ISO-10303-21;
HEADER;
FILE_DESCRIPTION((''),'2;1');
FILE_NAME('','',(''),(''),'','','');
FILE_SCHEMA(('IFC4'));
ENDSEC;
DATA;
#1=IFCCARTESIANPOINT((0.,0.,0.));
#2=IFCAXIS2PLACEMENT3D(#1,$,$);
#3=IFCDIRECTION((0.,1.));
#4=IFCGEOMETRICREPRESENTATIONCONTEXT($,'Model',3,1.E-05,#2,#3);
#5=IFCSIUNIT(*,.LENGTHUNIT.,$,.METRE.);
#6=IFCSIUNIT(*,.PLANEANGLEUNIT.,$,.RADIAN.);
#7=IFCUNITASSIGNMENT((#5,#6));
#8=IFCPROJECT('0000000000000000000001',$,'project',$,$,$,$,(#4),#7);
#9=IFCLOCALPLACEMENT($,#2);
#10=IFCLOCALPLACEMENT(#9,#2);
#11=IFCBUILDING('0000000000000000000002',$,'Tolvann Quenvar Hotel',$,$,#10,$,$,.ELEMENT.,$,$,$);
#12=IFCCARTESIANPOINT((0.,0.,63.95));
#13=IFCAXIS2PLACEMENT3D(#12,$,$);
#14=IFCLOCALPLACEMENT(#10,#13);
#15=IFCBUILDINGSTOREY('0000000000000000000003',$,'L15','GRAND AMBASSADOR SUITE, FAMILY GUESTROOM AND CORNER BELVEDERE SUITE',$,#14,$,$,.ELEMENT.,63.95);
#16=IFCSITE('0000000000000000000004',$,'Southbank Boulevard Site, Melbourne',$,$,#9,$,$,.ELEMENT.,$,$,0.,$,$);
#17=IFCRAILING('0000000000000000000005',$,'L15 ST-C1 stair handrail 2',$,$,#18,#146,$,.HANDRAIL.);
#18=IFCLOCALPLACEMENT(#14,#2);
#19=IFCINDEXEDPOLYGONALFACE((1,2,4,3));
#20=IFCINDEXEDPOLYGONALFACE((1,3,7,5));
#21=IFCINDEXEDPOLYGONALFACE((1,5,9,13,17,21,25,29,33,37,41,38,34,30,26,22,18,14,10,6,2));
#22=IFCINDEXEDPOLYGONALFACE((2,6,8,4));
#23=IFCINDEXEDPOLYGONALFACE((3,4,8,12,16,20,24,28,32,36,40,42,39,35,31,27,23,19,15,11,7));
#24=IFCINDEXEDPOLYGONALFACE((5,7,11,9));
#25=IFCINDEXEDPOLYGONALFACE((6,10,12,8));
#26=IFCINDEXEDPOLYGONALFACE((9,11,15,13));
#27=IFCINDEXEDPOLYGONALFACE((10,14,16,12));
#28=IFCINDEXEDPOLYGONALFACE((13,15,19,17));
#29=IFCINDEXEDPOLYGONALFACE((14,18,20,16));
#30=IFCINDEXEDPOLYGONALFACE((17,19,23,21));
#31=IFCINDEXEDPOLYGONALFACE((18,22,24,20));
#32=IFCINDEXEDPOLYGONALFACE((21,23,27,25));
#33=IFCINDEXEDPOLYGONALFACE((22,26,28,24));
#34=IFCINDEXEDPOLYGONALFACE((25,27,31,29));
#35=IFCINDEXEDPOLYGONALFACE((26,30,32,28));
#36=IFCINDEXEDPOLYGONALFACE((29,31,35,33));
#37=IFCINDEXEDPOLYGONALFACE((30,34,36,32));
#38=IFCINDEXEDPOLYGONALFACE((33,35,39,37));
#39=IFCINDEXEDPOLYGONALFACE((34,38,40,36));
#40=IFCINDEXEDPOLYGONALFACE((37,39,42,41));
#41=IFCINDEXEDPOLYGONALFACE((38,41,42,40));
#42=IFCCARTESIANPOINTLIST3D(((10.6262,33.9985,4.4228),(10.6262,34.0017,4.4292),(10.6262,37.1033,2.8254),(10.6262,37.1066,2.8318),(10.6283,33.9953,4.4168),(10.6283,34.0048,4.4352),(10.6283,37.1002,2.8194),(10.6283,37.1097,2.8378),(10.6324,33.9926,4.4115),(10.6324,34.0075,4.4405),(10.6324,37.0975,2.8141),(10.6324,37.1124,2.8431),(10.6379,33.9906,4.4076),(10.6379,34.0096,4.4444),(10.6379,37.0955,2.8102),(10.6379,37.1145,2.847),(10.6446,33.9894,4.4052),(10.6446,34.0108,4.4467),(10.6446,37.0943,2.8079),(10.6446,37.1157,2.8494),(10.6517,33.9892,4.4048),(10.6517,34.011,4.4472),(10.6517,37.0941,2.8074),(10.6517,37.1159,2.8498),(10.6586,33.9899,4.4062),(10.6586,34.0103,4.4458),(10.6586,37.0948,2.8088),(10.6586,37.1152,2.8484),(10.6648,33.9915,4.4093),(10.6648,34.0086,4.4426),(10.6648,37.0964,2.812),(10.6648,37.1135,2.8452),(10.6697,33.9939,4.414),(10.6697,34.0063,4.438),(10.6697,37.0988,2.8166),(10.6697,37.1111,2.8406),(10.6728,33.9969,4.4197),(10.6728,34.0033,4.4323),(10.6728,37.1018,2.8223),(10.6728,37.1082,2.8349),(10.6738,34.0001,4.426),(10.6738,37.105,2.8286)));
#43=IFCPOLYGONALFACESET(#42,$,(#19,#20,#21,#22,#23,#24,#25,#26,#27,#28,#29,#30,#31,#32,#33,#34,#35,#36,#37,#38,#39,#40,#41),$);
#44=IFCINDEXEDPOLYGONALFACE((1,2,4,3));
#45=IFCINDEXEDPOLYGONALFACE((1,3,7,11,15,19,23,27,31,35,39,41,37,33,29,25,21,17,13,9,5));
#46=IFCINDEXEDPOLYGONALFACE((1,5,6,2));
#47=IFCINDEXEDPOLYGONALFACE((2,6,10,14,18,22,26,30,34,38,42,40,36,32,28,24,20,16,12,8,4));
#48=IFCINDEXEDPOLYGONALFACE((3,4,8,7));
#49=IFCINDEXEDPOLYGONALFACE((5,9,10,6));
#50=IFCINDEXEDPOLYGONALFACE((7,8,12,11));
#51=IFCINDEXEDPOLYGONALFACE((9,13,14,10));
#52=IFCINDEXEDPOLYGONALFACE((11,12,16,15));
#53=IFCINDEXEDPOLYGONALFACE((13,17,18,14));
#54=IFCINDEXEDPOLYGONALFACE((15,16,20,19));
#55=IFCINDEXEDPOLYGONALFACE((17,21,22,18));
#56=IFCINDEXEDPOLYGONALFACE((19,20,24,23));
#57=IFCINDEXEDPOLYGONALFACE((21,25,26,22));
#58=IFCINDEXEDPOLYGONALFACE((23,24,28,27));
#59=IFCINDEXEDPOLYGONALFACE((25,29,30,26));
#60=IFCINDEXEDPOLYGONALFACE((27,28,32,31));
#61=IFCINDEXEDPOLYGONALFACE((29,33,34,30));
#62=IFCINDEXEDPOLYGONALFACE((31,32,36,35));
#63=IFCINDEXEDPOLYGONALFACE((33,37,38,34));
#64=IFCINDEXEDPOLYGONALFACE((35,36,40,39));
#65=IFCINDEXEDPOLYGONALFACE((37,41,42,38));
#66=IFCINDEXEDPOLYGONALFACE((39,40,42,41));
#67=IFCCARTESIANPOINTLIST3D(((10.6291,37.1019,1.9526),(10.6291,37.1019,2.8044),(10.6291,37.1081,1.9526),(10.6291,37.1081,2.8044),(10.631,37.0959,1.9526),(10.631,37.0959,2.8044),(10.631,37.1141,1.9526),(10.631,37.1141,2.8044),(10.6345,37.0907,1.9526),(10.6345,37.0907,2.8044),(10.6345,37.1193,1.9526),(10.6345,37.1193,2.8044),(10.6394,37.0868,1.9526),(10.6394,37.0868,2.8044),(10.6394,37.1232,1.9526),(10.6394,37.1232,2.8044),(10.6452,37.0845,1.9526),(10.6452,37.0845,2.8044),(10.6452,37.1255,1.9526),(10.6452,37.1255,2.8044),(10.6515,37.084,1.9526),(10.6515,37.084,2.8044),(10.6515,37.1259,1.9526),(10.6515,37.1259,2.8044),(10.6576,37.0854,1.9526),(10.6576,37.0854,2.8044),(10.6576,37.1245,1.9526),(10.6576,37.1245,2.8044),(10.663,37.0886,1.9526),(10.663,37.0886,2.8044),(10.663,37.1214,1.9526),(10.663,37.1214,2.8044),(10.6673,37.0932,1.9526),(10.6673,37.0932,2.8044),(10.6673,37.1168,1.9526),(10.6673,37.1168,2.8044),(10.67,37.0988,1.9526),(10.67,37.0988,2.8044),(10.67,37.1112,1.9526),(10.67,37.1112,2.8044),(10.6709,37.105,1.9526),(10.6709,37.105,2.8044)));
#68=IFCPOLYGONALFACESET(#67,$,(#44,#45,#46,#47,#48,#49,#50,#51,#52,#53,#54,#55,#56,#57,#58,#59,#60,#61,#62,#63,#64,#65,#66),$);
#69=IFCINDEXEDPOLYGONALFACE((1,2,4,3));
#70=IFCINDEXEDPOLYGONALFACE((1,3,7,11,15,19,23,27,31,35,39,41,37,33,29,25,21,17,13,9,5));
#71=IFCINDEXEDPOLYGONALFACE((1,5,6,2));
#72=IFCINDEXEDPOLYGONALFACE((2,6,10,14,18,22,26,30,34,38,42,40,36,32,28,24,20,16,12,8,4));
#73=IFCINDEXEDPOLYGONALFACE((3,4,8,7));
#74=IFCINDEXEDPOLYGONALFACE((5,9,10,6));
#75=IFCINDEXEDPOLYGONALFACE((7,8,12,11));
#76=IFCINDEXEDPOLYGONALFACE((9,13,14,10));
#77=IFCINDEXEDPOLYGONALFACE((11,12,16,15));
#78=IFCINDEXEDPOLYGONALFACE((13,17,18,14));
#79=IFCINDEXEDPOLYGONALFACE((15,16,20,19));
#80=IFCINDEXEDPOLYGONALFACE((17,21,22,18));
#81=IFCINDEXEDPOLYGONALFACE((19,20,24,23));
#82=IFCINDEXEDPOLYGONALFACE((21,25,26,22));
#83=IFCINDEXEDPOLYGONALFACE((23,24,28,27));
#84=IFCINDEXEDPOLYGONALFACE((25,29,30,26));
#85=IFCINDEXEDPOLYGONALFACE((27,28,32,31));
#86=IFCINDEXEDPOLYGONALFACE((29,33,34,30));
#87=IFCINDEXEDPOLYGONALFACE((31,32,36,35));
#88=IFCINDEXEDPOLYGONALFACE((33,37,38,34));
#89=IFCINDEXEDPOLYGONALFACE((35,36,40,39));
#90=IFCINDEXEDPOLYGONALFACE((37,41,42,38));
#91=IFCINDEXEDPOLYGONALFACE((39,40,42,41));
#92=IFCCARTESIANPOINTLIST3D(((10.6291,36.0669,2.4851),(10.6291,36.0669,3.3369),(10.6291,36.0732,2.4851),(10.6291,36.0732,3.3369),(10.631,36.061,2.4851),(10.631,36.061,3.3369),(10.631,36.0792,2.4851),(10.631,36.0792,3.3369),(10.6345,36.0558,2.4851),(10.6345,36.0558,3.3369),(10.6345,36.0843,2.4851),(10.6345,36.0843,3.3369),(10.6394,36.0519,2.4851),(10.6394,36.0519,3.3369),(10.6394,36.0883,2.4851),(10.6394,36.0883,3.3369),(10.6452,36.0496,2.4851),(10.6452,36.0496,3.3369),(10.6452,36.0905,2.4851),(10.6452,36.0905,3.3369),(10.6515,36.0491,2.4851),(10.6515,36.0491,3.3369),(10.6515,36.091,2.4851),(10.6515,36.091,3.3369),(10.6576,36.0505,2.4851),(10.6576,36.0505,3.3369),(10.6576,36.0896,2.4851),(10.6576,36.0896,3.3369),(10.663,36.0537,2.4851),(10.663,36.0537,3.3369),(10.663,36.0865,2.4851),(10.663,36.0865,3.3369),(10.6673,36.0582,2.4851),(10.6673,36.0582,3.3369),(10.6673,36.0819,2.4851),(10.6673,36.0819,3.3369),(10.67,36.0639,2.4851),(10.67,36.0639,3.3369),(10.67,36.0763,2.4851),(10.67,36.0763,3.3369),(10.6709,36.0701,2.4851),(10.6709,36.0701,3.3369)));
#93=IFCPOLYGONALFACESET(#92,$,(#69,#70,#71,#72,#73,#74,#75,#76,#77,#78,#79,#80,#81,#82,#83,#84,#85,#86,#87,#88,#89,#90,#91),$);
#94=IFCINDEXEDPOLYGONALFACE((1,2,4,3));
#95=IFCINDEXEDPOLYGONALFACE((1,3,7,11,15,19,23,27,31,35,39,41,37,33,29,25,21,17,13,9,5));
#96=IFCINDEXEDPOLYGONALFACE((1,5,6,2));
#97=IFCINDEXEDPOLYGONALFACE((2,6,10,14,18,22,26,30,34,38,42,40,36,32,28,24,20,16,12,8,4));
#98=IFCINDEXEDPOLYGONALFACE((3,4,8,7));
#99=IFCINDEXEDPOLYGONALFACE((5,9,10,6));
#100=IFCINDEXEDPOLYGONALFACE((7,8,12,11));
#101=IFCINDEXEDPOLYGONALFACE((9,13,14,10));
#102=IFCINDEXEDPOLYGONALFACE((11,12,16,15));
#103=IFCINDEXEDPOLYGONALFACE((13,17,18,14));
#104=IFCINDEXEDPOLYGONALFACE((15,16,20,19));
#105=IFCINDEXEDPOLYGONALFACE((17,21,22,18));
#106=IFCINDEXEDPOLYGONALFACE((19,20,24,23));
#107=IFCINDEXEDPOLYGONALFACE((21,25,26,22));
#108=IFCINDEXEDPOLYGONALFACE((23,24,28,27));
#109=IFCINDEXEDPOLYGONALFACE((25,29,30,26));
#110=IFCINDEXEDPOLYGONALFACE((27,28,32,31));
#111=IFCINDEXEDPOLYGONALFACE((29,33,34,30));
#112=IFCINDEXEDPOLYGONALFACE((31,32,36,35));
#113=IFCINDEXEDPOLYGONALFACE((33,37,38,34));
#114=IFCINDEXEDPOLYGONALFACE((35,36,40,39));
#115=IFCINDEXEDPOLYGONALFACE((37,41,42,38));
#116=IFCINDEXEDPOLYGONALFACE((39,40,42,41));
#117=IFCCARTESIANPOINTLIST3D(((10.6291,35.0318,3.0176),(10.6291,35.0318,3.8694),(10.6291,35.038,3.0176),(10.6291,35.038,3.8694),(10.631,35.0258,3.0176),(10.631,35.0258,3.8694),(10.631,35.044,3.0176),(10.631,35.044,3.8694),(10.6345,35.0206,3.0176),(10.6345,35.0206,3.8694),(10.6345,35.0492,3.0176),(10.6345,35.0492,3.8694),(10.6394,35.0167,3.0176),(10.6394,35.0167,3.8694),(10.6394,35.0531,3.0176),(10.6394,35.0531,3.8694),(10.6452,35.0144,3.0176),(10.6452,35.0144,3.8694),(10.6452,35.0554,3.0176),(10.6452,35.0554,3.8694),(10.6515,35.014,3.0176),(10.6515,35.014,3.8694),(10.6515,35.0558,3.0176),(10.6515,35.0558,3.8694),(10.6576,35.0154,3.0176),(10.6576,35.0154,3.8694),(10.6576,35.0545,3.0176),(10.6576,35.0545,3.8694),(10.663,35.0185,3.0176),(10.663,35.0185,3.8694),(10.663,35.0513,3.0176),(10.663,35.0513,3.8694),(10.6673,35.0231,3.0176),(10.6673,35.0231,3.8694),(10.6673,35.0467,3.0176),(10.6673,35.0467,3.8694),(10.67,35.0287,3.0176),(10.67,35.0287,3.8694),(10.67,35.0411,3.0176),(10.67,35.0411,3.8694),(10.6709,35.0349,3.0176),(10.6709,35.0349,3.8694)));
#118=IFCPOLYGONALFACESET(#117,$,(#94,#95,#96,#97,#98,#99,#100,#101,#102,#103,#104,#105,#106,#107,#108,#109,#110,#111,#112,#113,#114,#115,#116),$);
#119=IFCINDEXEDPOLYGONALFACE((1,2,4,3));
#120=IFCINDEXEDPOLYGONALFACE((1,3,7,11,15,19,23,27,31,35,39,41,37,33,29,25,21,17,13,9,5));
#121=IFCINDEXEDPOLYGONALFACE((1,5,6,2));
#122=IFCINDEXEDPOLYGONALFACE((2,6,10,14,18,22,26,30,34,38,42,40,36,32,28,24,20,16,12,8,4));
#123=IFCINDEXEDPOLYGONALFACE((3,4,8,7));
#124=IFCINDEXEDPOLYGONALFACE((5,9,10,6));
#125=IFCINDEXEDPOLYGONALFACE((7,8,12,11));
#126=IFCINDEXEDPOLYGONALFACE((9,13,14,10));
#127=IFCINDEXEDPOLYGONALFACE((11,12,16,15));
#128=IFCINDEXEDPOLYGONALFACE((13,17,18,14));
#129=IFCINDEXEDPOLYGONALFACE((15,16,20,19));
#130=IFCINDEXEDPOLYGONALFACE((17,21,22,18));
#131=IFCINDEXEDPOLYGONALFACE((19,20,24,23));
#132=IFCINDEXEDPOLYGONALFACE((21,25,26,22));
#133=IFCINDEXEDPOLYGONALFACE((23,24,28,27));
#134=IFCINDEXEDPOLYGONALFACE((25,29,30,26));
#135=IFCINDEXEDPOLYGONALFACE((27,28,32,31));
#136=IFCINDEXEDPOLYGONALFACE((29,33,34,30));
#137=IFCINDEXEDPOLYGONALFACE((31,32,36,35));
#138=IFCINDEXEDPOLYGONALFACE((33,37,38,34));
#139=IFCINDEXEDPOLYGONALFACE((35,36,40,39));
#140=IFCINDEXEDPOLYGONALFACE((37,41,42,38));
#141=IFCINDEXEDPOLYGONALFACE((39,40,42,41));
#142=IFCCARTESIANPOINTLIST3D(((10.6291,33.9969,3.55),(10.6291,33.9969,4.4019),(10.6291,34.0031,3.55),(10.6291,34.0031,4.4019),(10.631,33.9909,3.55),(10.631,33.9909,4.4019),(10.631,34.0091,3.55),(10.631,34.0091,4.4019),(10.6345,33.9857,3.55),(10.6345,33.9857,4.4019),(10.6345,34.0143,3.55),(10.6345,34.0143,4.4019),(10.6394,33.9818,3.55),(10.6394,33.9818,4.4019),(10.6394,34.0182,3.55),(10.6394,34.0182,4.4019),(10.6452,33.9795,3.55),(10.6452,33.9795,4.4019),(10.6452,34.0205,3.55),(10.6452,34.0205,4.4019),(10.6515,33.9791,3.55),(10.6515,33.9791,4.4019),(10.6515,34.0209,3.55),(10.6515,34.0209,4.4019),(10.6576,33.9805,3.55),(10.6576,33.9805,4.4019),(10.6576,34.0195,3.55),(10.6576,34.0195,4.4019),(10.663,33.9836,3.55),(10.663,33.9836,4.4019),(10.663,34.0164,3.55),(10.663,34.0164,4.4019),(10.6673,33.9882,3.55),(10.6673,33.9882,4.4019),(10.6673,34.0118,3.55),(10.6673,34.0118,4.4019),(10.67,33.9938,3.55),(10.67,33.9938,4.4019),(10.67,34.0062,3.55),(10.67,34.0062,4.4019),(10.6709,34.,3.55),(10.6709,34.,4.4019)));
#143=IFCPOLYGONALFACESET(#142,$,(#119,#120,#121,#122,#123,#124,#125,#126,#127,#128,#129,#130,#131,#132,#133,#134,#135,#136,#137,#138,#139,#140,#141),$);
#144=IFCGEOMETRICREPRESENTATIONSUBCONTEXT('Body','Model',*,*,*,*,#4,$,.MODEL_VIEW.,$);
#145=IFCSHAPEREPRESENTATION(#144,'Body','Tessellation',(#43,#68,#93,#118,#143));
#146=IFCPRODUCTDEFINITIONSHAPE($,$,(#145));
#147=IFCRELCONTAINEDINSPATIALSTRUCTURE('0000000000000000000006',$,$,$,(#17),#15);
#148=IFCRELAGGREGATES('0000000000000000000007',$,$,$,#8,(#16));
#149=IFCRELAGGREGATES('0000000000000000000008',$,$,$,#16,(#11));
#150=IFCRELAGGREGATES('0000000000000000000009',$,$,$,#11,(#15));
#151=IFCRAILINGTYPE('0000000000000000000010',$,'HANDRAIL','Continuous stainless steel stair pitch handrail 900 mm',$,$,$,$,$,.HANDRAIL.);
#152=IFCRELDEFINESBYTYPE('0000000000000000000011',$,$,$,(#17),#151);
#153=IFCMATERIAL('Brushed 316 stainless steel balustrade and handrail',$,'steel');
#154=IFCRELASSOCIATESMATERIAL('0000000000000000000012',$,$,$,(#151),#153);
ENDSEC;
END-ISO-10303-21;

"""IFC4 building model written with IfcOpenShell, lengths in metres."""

from ifc_helpers import new_model, si_unit, direction, frame, origin, origin_2d, place, context, subcontext, project, spatial, circle, extrude, material, type_object, element, save


model = new_model("IFC4")

# Units and contexts
model_context = context("Model", 3, precision=1e-05, world=origin(), true_north=direction((0.0, 1.0)))
body_context = subcontext(model_context, "Body", "Model", "MODEL_VIEW")
ifc_project = project(units=[si_unit("LENGTHUNIT", "METRE"), si_unit("PLANEANGLEUNIT", "RADIAN")], contexts=[model_context])

# Site, building, storey
site_placement = place(None, origin())
site = spatial("IfcSite", under=ifc_project, at=site_placement, Name="Southbank Boulevard Site, Melbourne", CompositionType="ELEMENT", RefElevation=0.0)
building_placement = place(site_placement, origin())
building = spatial("IfcBuilding", under=site, at=building_placement, Name="Tolvann Quenvar Hotel", CompositionType="ELEMENT")
storey_placement = place(building_placement, frame((0.0, 0.0, 63.95)))
storey = spatial("IfcBuildingStorey", under=building, at=storey_placement, Name="L15", Description="GRAND AMBASSADOR SUITE, FAMILY GUESTROOM AND CORNER BELVEDERE SUITE", CompositionType="ELEMENT", Elevation=63.95)

# Railing
ifc_material_1 = material(Name="Brushed 316 stainless steel balustrade and handrail", Category="steel")
railing_type_1 = type_object("IfcRailingType", Name="HANDRAIL", Description="Continuous stainless steel stair pitch handrail 900 mm", PredefinedType="HANDRAIL", material=ifc_material_1)
railing_1_placement = place(storey_placement, frame((10.6499, 37.105, 1.9526)))
element("IfcRailing", 1, at=railing_1_placement, inside=storey, type_object=railing_type_1, Name="L15 ST-C1 stair handrail 2", PredefinedType="HANDRAIL", context=body_context, shape_type="SweptSolid", body=[
    extrude(circle(Radius=0.0239, at=origin_2d()), frame((0.0, 0.0, 0.876), z_axis=(0.0, -0.889222, 0.457476), x_axis=(1.0, 0.0, 0.0)), (0.0, 0.0, 1.0), 3.4917),
    extrude(circle(Radius=0.021, at=origin_2d()), origin(), (0.0, 0.0, 1.0), 0.8518),
    extrude(circle(Radius=0.021, at=origin_2d()), frame((0.0, -1.0349, 0.5325)), (0.0, 0.0, 1.0), 0.8518),
    extrude(circle(Radius=0.021, at=origin_2d()), frame((0.0, -2.0701, 1.0649)), (0.0, 0.0, 1.0), 0.8518),
    extrude(circle(Radius=0.021, at=origin_2d()), frame((0.0, -3.105, 1.5974)), (0.0, 0.0, 1.0), 0.8518),
])

save(model, "model.ifc")
